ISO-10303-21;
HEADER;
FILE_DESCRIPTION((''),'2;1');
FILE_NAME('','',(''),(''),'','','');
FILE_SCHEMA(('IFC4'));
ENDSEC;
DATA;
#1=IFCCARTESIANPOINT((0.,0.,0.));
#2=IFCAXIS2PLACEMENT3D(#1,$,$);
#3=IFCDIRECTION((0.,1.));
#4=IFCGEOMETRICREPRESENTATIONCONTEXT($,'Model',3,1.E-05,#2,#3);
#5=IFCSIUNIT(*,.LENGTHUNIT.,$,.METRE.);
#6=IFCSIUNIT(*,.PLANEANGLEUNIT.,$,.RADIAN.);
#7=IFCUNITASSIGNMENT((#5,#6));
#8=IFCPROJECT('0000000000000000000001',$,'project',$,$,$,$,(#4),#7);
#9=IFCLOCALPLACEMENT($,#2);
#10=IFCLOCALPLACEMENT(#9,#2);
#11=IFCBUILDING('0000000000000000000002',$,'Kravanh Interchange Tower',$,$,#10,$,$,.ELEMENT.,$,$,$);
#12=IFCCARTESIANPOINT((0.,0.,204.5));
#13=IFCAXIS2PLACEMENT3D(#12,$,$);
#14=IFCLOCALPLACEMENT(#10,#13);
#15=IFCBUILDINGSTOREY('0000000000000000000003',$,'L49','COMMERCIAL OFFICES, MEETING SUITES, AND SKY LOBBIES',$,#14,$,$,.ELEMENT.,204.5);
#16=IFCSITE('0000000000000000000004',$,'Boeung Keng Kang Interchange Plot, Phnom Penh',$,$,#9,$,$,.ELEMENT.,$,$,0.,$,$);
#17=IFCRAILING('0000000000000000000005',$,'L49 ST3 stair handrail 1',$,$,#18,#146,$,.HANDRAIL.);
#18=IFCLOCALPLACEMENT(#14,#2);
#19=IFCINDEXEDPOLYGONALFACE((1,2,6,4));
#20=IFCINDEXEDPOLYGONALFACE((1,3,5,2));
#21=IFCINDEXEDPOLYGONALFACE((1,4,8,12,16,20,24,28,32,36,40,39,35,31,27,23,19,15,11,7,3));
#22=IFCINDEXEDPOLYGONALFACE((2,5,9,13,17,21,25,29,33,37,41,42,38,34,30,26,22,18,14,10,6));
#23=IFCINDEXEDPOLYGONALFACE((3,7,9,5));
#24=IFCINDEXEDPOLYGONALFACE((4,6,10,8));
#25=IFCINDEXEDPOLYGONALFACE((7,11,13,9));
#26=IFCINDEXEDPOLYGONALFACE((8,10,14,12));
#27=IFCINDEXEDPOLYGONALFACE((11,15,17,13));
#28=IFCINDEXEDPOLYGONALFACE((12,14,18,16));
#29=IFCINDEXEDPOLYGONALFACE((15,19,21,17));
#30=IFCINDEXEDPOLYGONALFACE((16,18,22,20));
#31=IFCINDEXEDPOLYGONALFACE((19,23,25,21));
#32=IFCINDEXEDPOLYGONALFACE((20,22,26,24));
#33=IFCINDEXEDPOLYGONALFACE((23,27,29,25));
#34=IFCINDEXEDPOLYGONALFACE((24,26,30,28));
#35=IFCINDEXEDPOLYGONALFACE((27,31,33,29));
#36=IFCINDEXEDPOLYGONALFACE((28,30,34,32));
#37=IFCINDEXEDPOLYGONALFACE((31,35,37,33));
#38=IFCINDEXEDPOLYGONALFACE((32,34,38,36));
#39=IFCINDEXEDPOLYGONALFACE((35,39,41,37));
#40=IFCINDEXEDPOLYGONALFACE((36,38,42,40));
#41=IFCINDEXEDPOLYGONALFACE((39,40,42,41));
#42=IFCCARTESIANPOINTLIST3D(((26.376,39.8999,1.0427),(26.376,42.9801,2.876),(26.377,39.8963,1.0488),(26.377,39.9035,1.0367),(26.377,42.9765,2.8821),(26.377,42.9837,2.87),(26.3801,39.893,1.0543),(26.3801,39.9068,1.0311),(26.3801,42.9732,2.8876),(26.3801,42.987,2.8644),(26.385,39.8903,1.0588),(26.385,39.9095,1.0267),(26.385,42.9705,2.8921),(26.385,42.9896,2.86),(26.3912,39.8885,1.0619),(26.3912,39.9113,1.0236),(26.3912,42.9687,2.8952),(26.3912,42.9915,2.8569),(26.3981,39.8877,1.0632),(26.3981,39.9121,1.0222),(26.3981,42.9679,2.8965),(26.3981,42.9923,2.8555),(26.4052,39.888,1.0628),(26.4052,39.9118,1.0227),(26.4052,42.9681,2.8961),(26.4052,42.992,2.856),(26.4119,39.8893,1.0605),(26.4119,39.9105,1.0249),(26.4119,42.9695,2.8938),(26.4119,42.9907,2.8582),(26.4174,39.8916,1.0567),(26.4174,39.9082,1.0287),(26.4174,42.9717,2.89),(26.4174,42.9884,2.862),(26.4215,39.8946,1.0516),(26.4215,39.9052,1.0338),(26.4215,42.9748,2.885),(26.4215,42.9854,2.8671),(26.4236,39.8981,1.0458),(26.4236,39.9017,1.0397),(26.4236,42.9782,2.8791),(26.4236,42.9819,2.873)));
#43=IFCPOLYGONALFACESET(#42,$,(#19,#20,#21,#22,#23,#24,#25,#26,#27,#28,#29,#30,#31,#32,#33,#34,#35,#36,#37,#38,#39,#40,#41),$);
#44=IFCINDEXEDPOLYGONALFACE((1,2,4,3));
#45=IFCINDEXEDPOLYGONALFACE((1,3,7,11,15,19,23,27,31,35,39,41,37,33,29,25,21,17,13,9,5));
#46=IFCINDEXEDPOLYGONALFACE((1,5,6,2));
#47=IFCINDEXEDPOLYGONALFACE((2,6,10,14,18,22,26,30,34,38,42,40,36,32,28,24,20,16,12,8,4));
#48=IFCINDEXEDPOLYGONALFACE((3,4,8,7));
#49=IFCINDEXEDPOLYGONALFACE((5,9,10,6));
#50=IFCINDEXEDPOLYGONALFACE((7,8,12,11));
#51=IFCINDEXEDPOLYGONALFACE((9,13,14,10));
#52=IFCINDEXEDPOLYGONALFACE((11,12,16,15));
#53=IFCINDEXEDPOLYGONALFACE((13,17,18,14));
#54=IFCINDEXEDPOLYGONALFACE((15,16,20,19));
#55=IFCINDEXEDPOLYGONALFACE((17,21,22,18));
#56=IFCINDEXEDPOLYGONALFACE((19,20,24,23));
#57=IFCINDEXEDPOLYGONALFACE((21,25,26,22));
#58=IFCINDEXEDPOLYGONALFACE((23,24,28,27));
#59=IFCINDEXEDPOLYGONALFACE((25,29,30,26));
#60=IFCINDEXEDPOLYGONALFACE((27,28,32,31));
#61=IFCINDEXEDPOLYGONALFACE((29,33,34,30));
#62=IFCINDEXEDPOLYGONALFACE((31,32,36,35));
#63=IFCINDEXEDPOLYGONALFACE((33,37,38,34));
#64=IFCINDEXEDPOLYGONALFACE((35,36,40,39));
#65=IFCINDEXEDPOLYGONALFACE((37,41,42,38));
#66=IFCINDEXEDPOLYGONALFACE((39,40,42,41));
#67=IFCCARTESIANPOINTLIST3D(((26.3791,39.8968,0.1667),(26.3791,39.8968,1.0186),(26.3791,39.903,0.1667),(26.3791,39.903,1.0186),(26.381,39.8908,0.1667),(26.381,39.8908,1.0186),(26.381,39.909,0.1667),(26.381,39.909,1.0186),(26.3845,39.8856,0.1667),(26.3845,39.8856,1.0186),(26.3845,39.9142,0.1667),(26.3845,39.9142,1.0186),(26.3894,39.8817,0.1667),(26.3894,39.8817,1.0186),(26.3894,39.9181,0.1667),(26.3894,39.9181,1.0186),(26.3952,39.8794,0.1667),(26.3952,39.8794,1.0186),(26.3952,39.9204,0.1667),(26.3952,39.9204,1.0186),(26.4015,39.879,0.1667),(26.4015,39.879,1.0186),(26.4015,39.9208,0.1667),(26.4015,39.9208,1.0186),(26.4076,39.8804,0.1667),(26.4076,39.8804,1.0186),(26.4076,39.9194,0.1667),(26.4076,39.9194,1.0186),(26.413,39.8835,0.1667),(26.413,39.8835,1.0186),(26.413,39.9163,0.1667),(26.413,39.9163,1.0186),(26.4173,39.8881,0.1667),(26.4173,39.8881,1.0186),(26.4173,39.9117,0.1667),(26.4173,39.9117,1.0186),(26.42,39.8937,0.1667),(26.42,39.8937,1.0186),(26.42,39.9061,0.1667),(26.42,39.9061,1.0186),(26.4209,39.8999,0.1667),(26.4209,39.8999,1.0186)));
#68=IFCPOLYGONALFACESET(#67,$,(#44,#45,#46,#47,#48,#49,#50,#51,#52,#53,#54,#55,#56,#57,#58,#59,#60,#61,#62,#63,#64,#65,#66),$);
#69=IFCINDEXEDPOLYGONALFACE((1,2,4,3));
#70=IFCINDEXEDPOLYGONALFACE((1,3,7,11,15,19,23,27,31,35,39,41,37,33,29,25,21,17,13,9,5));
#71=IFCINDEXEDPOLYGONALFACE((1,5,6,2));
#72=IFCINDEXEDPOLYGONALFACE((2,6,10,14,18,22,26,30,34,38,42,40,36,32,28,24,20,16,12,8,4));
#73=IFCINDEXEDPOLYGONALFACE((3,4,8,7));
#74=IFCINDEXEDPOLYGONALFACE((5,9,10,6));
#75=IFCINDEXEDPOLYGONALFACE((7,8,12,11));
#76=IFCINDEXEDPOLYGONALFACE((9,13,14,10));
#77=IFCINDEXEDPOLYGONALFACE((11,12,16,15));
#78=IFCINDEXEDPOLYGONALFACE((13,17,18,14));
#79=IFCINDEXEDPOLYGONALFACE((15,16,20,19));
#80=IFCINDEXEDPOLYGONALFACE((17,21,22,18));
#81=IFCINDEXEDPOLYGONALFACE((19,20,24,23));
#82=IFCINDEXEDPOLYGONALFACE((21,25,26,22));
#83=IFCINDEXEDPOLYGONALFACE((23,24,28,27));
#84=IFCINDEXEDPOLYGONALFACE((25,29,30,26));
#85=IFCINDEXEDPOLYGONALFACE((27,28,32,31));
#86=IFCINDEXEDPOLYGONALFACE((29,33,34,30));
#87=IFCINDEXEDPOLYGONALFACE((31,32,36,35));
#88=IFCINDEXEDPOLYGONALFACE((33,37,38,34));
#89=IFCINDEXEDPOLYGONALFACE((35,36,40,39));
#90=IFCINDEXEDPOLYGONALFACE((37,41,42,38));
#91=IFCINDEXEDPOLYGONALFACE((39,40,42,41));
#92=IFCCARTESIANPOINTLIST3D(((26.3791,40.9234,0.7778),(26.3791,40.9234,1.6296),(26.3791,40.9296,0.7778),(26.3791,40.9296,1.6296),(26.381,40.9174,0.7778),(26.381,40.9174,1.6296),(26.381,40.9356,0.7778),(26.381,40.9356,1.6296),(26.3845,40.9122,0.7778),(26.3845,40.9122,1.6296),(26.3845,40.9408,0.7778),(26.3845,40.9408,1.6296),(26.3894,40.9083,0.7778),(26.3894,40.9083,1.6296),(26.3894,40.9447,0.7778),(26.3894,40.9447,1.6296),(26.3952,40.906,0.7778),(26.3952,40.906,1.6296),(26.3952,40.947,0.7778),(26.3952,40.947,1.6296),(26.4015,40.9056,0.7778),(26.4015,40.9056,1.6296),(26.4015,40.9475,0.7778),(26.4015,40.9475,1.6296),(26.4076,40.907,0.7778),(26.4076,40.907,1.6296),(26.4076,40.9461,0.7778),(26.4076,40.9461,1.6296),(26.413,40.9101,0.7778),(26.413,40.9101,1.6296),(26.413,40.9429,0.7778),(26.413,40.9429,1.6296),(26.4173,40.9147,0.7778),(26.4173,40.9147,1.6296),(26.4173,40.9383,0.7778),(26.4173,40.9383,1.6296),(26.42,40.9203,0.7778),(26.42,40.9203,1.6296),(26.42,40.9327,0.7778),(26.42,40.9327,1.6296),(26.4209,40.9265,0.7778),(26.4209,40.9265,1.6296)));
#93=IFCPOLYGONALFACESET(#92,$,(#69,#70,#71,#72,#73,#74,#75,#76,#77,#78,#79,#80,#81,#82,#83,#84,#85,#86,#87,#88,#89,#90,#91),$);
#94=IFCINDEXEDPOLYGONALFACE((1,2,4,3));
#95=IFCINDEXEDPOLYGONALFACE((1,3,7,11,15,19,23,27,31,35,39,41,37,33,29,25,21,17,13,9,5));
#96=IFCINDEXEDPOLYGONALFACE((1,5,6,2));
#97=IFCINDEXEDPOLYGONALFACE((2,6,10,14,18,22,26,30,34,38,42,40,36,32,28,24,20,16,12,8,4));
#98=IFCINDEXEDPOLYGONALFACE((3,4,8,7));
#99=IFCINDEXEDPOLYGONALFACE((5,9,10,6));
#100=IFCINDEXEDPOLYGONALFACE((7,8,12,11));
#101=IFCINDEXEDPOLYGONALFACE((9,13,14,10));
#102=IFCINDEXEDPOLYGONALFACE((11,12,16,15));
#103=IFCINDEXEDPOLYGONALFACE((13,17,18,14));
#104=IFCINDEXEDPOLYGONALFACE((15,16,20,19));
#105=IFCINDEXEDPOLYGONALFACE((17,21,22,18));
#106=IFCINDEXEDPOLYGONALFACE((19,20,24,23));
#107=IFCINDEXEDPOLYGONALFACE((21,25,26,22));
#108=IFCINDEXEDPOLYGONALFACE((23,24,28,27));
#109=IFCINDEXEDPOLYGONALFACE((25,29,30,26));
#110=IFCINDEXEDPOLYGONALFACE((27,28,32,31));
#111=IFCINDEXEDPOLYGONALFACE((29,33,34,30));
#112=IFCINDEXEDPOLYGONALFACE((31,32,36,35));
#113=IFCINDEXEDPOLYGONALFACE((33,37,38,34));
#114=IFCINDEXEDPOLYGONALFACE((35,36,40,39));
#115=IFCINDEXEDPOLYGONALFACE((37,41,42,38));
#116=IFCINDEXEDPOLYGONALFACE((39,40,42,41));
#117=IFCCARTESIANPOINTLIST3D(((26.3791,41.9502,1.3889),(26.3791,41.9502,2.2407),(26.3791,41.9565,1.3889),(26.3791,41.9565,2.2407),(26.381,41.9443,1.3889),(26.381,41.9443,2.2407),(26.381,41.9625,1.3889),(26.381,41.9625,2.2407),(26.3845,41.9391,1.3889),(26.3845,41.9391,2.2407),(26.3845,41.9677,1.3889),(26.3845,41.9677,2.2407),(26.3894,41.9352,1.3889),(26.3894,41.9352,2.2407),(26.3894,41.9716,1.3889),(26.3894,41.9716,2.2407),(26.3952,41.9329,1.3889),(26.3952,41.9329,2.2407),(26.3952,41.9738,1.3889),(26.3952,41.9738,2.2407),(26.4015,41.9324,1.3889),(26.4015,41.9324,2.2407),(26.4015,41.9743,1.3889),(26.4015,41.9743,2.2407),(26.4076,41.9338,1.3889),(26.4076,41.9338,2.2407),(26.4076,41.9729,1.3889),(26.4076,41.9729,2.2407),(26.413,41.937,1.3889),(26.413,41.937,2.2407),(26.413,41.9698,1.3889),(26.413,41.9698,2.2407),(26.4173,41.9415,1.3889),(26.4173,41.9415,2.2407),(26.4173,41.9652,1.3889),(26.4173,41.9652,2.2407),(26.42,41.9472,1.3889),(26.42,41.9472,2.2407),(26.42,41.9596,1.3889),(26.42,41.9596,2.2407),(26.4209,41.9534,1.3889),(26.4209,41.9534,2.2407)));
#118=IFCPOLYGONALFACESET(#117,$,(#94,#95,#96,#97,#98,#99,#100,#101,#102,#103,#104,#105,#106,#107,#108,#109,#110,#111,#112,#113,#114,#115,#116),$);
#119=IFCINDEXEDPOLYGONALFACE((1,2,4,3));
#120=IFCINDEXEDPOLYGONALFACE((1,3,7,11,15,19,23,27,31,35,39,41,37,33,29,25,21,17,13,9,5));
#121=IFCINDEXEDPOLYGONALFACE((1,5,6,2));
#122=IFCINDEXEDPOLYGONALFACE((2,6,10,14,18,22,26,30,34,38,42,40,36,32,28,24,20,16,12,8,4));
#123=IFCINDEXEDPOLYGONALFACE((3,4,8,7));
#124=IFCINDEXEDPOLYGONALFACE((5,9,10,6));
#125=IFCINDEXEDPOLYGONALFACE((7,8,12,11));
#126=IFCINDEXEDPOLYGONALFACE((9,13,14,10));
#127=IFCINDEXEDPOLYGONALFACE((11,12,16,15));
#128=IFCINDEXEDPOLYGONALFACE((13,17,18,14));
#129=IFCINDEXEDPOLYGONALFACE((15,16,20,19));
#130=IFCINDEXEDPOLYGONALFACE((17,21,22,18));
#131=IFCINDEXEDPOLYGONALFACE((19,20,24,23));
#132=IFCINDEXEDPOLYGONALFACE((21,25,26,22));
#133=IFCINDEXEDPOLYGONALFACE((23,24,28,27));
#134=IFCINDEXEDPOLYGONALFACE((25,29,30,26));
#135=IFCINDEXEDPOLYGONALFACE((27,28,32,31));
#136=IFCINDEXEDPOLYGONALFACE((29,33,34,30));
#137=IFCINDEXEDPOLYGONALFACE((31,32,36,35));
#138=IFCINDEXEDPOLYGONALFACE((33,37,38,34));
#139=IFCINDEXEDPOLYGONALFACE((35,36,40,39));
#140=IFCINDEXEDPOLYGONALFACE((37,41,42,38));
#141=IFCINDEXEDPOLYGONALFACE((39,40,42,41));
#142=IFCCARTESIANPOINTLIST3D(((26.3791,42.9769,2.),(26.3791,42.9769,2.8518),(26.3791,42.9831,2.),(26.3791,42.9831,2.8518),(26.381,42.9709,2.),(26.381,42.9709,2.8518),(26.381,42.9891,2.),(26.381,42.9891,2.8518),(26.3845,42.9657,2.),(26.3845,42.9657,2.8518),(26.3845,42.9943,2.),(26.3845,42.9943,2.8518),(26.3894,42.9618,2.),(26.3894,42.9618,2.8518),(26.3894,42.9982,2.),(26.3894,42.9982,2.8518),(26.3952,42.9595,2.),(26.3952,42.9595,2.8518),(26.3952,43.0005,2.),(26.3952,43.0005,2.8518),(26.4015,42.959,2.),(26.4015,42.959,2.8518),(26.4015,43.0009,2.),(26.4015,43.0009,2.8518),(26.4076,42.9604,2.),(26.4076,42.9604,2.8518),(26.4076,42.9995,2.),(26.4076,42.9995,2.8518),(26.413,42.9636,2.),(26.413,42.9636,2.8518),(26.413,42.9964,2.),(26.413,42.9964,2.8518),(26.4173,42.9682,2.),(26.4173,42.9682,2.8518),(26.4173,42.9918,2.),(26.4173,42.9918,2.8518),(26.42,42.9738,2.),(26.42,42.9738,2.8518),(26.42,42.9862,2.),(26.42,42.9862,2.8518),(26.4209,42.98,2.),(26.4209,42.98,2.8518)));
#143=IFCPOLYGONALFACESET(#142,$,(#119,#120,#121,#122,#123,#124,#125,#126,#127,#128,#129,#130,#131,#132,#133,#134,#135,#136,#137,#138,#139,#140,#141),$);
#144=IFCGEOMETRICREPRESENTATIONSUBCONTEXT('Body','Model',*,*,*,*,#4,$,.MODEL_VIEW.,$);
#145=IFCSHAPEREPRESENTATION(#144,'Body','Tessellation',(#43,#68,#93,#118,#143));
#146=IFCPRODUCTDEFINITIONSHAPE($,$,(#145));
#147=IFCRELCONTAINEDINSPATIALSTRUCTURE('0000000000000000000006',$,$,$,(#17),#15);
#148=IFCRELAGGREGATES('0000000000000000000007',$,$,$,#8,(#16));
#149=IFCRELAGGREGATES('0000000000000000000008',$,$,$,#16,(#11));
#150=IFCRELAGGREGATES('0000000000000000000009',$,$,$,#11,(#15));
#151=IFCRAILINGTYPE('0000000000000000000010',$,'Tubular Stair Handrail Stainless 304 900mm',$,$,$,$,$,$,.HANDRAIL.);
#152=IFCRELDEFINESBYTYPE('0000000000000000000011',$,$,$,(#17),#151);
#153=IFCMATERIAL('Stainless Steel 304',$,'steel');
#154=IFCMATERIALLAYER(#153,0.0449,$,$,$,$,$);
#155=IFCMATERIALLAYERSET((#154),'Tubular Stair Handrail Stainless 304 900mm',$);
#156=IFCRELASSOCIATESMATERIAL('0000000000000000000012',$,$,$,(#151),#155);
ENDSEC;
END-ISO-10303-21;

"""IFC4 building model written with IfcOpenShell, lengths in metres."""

from ifc_helpers import new_model, si_unit, direction, frame, origin, origin_2d, place, context, subcontext, project, spatial, circle, extrude, material, layer, layer_set, type_object, element, save


model = new_model("IFC4")

# Units and contexts
model_context = context("Model", 3, precision=1e-05, world=origin(), true_north=direction((0.0, 1.0)))
body_context = subcontext(model_context, "Body", "Model", "MODEL_VIEW")
ifc_project = project(units=[si_unit("LENGTHUNIT", "METRE"), si_unit("PLANEANGLEUNIT", "RADIAN")], contexts=[model_context])

# Site, building, storey
site_placement = place(None, origin())
site = spatial("IfcSite", under=ifc_project, at=site_placement, Name="Boeung Keng Kang Interchange Plot, Phnom Penh", CompositionType="ELEMENT", RefElevation=0.0)
building_placement = place(site_placement, origin())
building = spatial("IfcBuilding", under=site, at=building_placement, Name="Kravanh Interchange Tower", CompositionType="ELEMENT")
storey_placement = place(building_placement, frame((0.0, 0.0, 204.5)))
storey = spatial("IfcBuildingStorey", under=building, at=storey_placement, Name="L49", Description="COMMERCIAL OFFICES, MEETING SUITES, AND SKY LOBBIES", CompositionType="ELEMENT", Elevation=204.5)

# Railing
ifc_material_1 = material(Name="Stainless Steel 304", Category="steel")
ifc_layer_1 = layer(ifc_material_1, 0.0449)
ifc_layer_set_1 = layer_set([ifc_layer_1], Name="Tubular Stair Handrail Stainless 304 900mm")
railing_type_1 = type_object("IfcRailingType", Name="Tubular Stair Handrail Stainless 304 900mm", PredefinedType="HANDRAIL", material=ifc_layer_set_1)
railing_1_placement = place(storey_placement, frame((26.3999, 39.8999, 0.1667)))
element("IfcRailing", 1, at=railing_1_placement, inside=storey, type_object=railing_type_1, Name="L49 ST3 stair handrail 1", PredefinedType="HANDRAIL", context=body_context, shape_type="SweptSolid", body=[
    extrude(circle(Radius=0.0239, at=origin_2d()), frame((0.0, 0.0, 0.876), z_axis=(0.0, 0.859309, 0.511458), x_axis=(-1.0, 0.0, 0.0)), (0.0, 0.0, 1.0), 3.5845),
    extrude(circle(Radius=0.021, at=origin_2d()), origin(), (0.0, 0.0, 1.0), 0.8518),
    extrude(circle(Radius=0.021, at=origin_2d()), frame((0.0, 1.0266, 0.6111)), (0.0, 0.0, 1.0), 0.8518),
    extrude(circle(Radius=0.021, at=origin_2d()), frame((0.0, 2.0535, 1.2222)), (0.0, 0.0, 1.0), 0.8518),
    extrude(circle(Radius=0.021, at=origin_2d()), frame((0.0, 3.0801, 1.8333)), (0.0, 0.0, 1.0), 0.8518),
])

save(model, "model.ifc")
